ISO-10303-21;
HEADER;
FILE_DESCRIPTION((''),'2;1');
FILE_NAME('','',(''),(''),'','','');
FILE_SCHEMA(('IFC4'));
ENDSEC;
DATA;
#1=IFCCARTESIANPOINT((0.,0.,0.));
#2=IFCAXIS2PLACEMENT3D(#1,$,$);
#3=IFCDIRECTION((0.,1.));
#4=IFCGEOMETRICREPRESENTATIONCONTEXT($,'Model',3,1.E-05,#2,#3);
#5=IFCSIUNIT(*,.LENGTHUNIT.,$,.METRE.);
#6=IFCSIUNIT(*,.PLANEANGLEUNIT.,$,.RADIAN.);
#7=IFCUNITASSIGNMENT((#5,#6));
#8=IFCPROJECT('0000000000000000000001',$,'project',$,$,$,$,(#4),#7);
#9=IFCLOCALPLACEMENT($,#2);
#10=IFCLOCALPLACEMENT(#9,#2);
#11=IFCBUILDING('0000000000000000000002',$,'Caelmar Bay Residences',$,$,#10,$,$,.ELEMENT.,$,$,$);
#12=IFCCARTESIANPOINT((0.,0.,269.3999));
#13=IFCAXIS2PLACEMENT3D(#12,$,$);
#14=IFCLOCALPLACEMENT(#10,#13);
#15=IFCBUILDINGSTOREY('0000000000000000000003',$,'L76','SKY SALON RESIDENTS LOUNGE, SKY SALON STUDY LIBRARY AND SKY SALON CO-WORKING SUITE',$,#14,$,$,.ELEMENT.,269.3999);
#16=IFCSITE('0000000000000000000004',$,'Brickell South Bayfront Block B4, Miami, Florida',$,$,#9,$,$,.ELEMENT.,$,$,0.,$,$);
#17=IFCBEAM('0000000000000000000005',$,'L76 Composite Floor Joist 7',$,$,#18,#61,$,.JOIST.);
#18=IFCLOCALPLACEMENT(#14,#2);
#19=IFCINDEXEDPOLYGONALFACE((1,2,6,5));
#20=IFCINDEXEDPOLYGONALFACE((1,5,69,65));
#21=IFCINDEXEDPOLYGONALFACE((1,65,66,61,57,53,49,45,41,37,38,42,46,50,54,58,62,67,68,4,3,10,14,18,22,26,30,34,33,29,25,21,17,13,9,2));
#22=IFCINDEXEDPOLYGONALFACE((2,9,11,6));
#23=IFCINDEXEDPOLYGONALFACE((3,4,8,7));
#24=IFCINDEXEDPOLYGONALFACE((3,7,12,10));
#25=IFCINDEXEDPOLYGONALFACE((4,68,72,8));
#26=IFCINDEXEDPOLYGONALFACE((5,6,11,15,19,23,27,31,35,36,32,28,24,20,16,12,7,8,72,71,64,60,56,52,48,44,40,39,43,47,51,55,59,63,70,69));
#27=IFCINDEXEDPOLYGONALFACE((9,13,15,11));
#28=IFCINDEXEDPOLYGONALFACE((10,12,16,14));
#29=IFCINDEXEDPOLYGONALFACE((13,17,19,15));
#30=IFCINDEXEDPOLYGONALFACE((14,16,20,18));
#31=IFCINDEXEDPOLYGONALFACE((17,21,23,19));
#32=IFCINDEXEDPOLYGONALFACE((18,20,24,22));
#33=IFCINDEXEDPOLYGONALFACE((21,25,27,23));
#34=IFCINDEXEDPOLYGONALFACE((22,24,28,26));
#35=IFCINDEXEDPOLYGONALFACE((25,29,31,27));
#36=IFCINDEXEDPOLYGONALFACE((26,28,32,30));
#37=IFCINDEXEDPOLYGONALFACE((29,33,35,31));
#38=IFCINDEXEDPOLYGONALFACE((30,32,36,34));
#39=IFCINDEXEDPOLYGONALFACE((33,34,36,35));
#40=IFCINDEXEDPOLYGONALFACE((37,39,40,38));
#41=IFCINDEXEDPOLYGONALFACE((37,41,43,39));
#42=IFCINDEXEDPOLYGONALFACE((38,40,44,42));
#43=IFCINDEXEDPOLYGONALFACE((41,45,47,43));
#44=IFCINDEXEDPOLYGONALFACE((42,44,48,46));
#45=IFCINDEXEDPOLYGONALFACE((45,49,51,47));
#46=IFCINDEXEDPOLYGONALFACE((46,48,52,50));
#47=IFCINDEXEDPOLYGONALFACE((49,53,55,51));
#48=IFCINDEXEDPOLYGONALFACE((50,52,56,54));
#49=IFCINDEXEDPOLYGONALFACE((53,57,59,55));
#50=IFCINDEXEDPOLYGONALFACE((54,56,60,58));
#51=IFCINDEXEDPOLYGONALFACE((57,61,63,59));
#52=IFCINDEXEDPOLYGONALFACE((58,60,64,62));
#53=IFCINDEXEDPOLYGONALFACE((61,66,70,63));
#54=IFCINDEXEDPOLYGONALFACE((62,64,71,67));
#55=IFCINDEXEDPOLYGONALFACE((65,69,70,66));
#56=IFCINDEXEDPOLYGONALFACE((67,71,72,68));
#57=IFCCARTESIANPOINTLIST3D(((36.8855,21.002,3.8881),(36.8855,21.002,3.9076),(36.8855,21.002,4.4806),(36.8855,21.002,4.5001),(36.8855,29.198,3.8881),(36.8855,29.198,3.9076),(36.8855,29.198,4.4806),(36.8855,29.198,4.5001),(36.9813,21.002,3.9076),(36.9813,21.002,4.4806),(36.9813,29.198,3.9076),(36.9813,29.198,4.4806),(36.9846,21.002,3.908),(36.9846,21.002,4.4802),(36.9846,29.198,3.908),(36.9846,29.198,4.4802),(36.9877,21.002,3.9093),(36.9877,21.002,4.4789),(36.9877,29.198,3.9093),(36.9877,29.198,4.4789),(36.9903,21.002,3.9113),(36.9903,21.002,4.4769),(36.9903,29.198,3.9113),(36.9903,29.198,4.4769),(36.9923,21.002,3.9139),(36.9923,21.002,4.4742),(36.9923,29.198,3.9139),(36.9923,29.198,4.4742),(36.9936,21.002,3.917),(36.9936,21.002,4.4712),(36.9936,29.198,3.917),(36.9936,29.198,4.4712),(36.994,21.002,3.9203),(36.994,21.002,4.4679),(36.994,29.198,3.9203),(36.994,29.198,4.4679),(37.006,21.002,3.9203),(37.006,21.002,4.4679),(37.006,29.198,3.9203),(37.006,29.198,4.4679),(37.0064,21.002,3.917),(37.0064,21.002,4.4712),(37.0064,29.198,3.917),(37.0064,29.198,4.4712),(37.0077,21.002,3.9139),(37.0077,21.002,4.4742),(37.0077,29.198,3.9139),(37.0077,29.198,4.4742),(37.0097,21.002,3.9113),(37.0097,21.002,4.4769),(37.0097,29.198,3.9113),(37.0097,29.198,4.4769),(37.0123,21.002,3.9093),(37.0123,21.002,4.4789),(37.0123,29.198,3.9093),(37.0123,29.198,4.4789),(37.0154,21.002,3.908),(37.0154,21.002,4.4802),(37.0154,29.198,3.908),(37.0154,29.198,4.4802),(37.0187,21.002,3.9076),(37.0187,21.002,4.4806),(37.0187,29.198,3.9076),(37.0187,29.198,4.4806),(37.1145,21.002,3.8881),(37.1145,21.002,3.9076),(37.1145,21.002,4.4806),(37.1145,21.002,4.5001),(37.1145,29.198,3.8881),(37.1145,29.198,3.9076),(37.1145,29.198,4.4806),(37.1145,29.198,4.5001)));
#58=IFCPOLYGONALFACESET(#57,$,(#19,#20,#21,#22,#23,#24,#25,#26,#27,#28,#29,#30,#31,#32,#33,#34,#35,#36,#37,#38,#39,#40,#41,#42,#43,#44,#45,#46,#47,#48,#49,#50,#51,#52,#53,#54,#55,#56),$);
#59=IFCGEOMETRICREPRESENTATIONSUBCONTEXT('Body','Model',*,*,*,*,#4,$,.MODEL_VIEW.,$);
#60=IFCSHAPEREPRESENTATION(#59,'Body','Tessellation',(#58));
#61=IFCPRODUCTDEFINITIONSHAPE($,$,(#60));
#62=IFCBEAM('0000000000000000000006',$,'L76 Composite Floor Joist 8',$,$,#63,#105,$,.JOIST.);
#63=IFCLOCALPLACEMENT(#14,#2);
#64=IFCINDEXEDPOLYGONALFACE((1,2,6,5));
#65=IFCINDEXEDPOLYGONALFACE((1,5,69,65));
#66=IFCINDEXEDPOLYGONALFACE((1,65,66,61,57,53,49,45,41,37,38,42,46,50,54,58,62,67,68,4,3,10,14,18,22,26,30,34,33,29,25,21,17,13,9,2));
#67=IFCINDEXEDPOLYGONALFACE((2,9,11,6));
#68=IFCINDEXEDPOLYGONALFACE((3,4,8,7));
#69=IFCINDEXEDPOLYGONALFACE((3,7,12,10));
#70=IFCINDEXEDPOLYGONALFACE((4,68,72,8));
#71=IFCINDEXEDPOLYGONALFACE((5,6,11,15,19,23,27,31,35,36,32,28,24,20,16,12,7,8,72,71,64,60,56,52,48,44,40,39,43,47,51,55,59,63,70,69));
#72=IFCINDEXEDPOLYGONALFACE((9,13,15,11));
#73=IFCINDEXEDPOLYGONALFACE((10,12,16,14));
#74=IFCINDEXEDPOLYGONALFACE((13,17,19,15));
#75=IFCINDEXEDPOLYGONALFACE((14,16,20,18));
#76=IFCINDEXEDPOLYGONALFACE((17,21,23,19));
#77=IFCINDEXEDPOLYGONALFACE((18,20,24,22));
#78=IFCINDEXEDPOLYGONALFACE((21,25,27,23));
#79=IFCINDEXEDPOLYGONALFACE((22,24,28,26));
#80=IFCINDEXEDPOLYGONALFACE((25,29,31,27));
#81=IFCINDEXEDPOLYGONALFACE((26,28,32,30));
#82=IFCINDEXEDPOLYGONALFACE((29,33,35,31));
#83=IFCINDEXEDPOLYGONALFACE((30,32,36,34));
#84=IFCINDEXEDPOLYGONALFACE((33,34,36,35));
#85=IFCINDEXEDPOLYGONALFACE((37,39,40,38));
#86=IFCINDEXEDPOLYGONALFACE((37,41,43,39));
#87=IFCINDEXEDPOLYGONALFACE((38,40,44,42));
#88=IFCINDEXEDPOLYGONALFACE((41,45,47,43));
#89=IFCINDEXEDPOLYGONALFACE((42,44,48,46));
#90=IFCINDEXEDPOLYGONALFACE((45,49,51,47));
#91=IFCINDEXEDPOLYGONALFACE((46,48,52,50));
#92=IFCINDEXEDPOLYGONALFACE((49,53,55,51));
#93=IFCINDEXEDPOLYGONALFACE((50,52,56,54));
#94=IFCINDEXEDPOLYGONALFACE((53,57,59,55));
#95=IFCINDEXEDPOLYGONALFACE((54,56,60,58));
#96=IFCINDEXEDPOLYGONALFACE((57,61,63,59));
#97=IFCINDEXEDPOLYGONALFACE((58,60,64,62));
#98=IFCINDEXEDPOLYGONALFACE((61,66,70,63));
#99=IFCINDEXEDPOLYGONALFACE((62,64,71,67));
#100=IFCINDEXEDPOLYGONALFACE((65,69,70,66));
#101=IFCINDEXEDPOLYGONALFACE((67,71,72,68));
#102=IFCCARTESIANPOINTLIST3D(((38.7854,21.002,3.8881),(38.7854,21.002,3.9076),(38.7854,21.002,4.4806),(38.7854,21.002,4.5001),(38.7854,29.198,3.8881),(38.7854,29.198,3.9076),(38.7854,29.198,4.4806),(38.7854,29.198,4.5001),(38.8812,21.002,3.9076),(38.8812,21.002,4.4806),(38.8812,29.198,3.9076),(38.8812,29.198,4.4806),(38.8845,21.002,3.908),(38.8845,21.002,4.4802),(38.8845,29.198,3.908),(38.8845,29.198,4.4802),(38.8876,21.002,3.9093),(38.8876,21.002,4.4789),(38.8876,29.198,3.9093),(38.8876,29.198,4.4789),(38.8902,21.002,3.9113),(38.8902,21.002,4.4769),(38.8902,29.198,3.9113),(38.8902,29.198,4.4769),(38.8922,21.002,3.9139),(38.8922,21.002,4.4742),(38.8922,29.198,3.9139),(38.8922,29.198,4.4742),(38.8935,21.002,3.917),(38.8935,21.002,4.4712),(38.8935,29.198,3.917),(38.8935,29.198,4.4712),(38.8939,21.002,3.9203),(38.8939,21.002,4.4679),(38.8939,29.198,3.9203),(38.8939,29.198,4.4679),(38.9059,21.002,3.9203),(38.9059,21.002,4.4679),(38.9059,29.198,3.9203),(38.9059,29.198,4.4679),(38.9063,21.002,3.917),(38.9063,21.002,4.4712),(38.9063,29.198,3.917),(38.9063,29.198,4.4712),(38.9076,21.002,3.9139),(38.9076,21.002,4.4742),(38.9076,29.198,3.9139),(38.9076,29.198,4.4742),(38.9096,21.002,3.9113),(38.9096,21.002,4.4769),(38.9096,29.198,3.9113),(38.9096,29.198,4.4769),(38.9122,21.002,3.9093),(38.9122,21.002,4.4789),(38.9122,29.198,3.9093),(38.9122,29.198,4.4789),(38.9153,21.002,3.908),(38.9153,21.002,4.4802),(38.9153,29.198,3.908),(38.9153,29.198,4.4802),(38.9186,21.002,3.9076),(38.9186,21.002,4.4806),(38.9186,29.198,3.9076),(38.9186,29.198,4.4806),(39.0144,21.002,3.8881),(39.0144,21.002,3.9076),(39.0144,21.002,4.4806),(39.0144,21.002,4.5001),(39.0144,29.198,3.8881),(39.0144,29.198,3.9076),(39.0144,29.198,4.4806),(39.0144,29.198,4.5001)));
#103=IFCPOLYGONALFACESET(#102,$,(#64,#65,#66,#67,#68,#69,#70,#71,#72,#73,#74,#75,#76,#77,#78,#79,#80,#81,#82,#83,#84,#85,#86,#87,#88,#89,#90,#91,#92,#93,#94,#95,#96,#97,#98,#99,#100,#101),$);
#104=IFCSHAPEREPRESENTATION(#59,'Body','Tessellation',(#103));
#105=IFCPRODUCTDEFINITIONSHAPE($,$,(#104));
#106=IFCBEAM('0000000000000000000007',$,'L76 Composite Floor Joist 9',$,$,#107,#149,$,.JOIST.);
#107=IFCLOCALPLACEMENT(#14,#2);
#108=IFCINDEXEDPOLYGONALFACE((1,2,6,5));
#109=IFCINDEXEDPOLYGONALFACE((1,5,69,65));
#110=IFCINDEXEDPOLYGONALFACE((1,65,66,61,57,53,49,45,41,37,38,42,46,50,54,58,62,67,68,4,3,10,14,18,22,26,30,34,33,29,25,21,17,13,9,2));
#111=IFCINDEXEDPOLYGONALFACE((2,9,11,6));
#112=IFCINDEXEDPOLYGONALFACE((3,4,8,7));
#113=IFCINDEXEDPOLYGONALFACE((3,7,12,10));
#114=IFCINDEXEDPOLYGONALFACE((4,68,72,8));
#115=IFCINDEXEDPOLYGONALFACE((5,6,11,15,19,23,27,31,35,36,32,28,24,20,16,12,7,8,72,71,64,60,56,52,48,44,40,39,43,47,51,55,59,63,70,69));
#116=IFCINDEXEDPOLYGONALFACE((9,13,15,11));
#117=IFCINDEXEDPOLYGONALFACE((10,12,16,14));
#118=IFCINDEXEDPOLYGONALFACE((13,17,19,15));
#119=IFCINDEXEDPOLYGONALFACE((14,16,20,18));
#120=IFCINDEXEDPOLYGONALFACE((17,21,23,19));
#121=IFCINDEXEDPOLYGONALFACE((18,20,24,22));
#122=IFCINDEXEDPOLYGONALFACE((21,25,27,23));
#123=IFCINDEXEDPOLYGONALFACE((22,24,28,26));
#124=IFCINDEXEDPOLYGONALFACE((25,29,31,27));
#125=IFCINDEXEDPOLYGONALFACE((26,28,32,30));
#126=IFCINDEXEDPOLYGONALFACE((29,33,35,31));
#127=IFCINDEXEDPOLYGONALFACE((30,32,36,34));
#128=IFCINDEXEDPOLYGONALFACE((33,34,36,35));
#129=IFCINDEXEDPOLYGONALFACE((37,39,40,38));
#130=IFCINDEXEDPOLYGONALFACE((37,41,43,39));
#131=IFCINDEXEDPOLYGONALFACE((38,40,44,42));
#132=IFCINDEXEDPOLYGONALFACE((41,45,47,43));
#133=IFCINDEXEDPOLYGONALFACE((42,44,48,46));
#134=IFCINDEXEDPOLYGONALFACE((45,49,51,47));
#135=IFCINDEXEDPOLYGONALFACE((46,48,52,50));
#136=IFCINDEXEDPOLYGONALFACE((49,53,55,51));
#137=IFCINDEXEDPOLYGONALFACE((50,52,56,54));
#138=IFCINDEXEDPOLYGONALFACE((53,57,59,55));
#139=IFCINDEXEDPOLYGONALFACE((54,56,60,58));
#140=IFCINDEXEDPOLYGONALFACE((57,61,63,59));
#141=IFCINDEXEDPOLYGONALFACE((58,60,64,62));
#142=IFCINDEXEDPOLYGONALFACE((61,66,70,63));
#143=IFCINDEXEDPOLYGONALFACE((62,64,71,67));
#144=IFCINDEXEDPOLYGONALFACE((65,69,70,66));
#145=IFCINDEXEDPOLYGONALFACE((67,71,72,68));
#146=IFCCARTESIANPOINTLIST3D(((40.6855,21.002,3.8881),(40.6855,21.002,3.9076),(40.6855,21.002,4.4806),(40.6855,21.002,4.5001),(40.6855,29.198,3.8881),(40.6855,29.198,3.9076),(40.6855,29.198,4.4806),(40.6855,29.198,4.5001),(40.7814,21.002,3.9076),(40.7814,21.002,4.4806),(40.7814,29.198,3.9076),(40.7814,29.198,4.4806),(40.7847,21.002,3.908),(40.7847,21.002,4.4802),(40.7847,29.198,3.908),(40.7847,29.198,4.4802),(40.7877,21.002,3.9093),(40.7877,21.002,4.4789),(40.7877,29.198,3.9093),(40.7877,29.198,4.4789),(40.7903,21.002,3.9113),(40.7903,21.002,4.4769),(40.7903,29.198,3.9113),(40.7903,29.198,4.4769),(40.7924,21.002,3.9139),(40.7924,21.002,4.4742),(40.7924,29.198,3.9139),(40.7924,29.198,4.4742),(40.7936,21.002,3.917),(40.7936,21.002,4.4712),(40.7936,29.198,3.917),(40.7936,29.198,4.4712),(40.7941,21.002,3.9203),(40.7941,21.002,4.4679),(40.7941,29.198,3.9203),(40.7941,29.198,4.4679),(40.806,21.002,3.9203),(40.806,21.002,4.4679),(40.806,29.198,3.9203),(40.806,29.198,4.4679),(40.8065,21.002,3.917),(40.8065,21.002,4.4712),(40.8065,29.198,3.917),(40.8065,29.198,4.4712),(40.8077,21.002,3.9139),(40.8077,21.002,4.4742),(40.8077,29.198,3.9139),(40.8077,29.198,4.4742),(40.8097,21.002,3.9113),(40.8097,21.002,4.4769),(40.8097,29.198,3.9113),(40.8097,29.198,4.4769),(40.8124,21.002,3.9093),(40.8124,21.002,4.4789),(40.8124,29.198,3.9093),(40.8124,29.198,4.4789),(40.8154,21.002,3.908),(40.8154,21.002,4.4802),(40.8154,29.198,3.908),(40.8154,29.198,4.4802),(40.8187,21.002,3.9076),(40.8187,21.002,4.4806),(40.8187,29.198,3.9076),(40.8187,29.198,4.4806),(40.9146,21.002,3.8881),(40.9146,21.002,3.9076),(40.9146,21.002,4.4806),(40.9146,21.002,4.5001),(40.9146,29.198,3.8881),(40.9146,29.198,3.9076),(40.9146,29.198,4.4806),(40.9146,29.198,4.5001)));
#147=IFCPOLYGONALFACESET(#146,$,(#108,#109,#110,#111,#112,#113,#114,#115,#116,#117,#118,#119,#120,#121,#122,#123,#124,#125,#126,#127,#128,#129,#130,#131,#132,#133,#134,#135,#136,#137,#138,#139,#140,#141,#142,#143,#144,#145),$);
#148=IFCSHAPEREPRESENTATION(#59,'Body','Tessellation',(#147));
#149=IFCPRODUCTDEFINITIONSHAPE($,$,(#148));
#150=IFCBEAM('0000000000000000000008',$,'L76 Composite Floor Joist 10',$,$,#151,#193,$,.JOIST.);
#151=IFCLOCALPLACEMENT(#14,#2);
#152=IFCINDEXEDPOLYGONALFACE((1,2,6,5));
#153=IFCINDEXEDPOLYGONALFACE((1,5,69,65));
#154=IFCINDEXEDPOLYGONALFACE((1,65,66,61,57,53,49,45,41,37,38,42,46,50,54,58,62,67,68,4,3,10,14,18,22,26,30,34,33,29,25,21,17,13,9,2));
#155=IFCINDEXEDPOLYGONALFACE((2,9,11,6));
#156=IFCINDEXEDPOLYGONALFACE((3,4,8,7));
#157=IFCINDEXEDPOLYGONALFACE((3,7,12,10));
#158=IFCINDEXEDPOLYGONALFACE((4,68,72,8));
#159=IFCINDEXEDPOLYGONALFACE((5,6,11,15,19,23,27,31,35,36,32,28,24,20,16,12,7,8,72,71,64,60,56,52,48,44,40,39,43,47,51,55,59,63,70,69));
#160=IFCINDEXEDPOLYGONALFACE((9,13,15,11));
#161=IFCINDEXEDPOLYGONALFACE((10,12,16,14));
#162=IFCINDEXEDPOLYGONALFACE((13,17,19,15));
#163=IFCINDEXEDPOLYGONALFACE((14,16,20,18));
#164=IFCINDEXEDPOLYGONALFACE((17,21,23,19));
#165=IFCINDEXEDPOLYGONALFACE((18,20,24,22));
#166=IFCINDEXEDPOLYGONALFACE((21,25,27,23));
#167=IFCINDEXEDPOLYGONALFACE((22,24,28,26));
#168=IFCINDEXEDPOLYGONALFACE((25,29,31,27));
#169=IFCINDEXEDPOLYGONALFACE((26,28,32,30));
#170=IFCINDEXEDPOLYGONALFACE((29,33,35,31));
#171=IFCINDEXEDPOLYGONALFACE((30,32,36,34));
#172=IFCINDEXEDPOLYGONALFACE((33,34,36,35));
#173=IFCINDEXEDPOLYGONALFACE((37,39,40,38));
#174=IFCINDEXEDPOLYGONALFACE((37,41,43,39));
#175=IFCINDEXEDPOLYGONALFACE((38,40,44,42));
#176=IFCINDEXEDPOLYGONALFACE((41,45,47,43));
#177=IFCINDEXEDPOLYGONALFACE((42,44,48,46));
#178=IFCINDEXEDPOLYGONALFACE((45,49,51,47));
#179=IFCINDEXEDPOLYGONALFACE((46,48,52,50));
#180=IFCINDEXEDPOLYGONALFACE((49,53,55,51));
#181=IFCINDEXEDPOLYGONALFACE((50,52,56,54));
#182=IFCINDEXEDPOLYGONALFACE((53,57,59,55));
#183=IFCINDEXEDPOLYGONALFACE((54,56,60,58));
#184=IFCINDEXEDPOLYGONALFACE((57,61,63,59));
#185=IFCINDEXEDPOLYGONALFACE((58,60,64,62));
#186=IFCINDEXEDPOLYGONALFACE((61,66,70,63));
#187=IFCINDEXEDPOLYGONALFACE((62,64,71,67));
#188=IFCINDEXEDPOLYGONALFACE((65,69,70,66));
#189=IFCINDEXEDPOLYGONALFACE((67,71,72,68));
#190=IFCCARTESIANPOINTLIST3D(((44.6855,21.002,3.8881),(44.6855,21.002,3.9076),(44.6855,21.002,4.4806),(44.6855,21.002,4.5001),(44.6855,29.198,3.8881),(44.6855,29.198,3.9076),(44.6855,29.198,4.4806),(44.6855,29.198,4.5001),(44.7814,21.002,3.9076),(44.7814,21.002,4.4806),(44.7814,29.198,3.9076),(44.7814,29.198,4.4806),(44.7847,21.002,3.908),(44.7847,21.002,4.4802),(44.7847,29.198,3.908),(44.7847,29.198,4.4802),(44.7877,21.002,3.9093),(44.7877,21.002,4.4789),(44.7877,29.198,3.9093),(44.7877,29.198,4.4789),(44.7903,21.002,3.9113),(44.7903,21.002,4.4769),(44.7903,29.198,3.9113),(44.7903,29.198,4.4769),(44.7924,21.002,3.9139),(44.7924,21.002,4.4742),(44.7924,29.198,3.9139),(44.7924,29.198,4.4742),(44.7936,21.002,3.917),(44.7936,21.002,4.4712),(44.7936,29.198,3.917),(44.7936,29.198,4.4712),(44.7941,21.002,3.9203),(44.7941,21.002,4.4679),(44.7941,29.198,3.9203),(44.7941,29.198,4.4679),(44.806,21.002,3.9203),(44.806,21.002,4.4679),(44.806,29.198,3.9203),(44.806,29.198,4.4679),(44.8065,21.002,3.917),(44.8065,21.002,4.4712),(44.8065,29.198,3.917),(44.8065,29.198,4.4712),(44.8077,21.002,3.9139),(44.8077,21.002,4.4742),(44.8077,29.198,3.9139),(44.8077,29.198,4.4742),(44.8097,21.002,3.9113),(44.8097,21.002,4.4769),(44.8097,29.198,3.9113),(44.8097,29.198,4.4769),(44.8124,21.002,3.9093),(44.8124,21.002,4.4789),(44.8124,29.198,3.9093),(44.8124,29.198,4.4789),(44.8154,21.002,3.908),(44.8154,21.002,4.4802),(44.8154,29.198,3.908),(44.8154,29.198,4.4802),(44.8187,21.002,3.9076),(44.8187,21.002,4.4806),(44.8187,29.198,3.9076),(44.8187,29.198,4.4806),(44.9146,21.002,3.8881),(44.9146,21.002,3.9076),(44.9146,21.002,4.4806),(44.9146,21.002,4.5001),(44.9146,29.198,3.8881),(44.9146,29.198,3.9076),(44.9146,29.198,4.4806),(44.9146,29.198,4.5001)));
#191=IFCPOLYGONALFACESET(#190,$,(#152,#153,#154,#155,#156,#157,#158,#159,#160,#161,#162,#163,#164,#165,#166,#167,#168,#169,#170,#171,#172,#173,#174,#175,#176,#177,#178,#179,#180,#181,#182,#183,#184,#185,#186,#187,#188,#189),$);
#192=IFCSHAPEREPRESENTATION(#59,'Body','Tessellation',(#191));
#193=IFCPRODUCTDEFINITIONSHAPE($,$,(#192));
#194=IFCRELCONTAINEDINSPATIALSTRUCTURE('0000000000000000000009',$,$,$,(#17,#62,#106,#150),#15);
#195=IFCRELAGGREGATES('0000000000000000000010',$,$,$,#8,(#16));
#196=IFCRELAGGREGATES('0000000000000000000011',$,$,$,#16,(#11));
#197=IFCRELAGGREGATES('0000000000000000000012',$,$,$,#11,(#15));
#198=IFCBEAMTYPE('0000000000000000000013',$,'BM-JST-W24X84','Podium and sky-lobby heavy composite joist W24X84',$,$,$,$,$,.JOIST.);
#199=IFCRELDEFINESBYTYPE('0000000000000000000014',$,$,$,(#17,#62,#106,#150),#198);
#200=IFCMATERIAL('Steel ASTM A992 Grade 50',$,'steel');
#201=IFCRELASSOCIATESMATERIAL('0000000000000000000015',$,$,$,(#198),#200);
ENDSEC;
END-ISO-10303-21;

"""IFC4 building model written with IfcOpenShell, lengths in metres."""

from ifc_helpers import new_model, si_unit, direction, frame, origin, origin_2d, place, context, subcontext, project, spatial, i_section, extrude, material, material_profile, profile_set, type_object, element, save


model = new_model("IFC4")

# Units and contexts
model_context = context("Model", 3, precision=1e-05, world=origin(), true_north=direction((0.0, 1.0)))
body_context = subcontext(model_context, "Body", "Model", "MODEL_VIEW")
ifc_project = project(units=[si_unit("LENGTHUNIT", "METRE"), si_unit("PLANEANGLEUNIT", "RADIAN")], contexts=[model_context])

# Site, building, storey
site_placement = place(None, origin())
site = spatial("IfcSite", under=ifc_project, at=site_placement, Name="Brickell South Bayfront Block B4, Miami, Florida", CompositionType="ELEMENT", RefElevation=0.0)
building_placement = place(site_placement, origin())
building = spatial("IfcBuilding", under=site, at=building_placement, Name="Caelmar Bay Residences", CompositionType="ELEMENT")
storey_placement = place(building_placement, frame((0.0, 0.0, 269.3999)))
storey = spatial("IfcBuildingStorey", under=building, at=storey_placement, Name="L76", Description="SKY SALON RESIDENTS LOUNGE, SKY SALON STUDY LIBRARY AND SKY SALON CO-WORKING SUITE", CompositionType="ELEMENT", Elevation=269.3999)

# Beams
ifc_material_1 = material(Name="Steel ASTM A992 Grade 50", Category="steel")
ifc_material_profile_1 = material_profile(ifc_material_1, i_section(OverallWidth=0.229, OverallDepth=0.6121, WebThickness=0.012, FlangeThickness=0.0195, FilletRadius=0.0127, at=origin_2d()), Name="W24X84")
ifc_profile_set_1 = profile_set([ifc_material_profile_1], Name="Steel ASTM A992 Grade 50")
beam_type_1 = type_object("IfcBeamType", Name="BM-JST-W24X84", Description="Podium and sky-lobby heavy composite joist W24X84", PredefinedType="JOIST", material=ifc_profile_set_1)
for number, where, z_axis, x_axis, name in (
    (1, (37.0, 21.002, 4.1941), (0.0, 1.0, 0.0), (-1.0, 0.0, 0.0), "L76 Composite Floor Joist 7"),
    (2, (38.8999, 21.002, 4.1941), (0.0, 1.0, 0.0), (-1.0, 0.0, 0.0), "L76 Composite Floor Joist 8"),
    (3, (40.8, 21.002, 4.1941), (0.0, 1.0, 0.0), (-1.0, 0.0, 0.0), "L76 Composite Floor Joist 9"),
    (4, (44.8, 21.002, 4.1941), (0.0, 1.0, 0.0), (-1.0, 0.0, 0.0), "L76 Composite Floor Joist 10"),
):
    element("IfcBeam", number, at=place(storey_placement, frame(where, z_axis=z_axis, x_axis=x_axis)), inside=storey, type_object=beam_type_1, Name=name, PredefinedType="JOIST", context=body_context, shape_type="SweptSolid", body=[
        extrude(i_section(OverallWidth=0.229, OverallDepth=0.6121, WebThickness=0.012, FlangeThickness=0.0195, FilletRadius=0.0127, at=origin_2d()), origin(), (0.0, 0.0, 1.0), 8.196),
    ])

save(model, "model.ifc")
